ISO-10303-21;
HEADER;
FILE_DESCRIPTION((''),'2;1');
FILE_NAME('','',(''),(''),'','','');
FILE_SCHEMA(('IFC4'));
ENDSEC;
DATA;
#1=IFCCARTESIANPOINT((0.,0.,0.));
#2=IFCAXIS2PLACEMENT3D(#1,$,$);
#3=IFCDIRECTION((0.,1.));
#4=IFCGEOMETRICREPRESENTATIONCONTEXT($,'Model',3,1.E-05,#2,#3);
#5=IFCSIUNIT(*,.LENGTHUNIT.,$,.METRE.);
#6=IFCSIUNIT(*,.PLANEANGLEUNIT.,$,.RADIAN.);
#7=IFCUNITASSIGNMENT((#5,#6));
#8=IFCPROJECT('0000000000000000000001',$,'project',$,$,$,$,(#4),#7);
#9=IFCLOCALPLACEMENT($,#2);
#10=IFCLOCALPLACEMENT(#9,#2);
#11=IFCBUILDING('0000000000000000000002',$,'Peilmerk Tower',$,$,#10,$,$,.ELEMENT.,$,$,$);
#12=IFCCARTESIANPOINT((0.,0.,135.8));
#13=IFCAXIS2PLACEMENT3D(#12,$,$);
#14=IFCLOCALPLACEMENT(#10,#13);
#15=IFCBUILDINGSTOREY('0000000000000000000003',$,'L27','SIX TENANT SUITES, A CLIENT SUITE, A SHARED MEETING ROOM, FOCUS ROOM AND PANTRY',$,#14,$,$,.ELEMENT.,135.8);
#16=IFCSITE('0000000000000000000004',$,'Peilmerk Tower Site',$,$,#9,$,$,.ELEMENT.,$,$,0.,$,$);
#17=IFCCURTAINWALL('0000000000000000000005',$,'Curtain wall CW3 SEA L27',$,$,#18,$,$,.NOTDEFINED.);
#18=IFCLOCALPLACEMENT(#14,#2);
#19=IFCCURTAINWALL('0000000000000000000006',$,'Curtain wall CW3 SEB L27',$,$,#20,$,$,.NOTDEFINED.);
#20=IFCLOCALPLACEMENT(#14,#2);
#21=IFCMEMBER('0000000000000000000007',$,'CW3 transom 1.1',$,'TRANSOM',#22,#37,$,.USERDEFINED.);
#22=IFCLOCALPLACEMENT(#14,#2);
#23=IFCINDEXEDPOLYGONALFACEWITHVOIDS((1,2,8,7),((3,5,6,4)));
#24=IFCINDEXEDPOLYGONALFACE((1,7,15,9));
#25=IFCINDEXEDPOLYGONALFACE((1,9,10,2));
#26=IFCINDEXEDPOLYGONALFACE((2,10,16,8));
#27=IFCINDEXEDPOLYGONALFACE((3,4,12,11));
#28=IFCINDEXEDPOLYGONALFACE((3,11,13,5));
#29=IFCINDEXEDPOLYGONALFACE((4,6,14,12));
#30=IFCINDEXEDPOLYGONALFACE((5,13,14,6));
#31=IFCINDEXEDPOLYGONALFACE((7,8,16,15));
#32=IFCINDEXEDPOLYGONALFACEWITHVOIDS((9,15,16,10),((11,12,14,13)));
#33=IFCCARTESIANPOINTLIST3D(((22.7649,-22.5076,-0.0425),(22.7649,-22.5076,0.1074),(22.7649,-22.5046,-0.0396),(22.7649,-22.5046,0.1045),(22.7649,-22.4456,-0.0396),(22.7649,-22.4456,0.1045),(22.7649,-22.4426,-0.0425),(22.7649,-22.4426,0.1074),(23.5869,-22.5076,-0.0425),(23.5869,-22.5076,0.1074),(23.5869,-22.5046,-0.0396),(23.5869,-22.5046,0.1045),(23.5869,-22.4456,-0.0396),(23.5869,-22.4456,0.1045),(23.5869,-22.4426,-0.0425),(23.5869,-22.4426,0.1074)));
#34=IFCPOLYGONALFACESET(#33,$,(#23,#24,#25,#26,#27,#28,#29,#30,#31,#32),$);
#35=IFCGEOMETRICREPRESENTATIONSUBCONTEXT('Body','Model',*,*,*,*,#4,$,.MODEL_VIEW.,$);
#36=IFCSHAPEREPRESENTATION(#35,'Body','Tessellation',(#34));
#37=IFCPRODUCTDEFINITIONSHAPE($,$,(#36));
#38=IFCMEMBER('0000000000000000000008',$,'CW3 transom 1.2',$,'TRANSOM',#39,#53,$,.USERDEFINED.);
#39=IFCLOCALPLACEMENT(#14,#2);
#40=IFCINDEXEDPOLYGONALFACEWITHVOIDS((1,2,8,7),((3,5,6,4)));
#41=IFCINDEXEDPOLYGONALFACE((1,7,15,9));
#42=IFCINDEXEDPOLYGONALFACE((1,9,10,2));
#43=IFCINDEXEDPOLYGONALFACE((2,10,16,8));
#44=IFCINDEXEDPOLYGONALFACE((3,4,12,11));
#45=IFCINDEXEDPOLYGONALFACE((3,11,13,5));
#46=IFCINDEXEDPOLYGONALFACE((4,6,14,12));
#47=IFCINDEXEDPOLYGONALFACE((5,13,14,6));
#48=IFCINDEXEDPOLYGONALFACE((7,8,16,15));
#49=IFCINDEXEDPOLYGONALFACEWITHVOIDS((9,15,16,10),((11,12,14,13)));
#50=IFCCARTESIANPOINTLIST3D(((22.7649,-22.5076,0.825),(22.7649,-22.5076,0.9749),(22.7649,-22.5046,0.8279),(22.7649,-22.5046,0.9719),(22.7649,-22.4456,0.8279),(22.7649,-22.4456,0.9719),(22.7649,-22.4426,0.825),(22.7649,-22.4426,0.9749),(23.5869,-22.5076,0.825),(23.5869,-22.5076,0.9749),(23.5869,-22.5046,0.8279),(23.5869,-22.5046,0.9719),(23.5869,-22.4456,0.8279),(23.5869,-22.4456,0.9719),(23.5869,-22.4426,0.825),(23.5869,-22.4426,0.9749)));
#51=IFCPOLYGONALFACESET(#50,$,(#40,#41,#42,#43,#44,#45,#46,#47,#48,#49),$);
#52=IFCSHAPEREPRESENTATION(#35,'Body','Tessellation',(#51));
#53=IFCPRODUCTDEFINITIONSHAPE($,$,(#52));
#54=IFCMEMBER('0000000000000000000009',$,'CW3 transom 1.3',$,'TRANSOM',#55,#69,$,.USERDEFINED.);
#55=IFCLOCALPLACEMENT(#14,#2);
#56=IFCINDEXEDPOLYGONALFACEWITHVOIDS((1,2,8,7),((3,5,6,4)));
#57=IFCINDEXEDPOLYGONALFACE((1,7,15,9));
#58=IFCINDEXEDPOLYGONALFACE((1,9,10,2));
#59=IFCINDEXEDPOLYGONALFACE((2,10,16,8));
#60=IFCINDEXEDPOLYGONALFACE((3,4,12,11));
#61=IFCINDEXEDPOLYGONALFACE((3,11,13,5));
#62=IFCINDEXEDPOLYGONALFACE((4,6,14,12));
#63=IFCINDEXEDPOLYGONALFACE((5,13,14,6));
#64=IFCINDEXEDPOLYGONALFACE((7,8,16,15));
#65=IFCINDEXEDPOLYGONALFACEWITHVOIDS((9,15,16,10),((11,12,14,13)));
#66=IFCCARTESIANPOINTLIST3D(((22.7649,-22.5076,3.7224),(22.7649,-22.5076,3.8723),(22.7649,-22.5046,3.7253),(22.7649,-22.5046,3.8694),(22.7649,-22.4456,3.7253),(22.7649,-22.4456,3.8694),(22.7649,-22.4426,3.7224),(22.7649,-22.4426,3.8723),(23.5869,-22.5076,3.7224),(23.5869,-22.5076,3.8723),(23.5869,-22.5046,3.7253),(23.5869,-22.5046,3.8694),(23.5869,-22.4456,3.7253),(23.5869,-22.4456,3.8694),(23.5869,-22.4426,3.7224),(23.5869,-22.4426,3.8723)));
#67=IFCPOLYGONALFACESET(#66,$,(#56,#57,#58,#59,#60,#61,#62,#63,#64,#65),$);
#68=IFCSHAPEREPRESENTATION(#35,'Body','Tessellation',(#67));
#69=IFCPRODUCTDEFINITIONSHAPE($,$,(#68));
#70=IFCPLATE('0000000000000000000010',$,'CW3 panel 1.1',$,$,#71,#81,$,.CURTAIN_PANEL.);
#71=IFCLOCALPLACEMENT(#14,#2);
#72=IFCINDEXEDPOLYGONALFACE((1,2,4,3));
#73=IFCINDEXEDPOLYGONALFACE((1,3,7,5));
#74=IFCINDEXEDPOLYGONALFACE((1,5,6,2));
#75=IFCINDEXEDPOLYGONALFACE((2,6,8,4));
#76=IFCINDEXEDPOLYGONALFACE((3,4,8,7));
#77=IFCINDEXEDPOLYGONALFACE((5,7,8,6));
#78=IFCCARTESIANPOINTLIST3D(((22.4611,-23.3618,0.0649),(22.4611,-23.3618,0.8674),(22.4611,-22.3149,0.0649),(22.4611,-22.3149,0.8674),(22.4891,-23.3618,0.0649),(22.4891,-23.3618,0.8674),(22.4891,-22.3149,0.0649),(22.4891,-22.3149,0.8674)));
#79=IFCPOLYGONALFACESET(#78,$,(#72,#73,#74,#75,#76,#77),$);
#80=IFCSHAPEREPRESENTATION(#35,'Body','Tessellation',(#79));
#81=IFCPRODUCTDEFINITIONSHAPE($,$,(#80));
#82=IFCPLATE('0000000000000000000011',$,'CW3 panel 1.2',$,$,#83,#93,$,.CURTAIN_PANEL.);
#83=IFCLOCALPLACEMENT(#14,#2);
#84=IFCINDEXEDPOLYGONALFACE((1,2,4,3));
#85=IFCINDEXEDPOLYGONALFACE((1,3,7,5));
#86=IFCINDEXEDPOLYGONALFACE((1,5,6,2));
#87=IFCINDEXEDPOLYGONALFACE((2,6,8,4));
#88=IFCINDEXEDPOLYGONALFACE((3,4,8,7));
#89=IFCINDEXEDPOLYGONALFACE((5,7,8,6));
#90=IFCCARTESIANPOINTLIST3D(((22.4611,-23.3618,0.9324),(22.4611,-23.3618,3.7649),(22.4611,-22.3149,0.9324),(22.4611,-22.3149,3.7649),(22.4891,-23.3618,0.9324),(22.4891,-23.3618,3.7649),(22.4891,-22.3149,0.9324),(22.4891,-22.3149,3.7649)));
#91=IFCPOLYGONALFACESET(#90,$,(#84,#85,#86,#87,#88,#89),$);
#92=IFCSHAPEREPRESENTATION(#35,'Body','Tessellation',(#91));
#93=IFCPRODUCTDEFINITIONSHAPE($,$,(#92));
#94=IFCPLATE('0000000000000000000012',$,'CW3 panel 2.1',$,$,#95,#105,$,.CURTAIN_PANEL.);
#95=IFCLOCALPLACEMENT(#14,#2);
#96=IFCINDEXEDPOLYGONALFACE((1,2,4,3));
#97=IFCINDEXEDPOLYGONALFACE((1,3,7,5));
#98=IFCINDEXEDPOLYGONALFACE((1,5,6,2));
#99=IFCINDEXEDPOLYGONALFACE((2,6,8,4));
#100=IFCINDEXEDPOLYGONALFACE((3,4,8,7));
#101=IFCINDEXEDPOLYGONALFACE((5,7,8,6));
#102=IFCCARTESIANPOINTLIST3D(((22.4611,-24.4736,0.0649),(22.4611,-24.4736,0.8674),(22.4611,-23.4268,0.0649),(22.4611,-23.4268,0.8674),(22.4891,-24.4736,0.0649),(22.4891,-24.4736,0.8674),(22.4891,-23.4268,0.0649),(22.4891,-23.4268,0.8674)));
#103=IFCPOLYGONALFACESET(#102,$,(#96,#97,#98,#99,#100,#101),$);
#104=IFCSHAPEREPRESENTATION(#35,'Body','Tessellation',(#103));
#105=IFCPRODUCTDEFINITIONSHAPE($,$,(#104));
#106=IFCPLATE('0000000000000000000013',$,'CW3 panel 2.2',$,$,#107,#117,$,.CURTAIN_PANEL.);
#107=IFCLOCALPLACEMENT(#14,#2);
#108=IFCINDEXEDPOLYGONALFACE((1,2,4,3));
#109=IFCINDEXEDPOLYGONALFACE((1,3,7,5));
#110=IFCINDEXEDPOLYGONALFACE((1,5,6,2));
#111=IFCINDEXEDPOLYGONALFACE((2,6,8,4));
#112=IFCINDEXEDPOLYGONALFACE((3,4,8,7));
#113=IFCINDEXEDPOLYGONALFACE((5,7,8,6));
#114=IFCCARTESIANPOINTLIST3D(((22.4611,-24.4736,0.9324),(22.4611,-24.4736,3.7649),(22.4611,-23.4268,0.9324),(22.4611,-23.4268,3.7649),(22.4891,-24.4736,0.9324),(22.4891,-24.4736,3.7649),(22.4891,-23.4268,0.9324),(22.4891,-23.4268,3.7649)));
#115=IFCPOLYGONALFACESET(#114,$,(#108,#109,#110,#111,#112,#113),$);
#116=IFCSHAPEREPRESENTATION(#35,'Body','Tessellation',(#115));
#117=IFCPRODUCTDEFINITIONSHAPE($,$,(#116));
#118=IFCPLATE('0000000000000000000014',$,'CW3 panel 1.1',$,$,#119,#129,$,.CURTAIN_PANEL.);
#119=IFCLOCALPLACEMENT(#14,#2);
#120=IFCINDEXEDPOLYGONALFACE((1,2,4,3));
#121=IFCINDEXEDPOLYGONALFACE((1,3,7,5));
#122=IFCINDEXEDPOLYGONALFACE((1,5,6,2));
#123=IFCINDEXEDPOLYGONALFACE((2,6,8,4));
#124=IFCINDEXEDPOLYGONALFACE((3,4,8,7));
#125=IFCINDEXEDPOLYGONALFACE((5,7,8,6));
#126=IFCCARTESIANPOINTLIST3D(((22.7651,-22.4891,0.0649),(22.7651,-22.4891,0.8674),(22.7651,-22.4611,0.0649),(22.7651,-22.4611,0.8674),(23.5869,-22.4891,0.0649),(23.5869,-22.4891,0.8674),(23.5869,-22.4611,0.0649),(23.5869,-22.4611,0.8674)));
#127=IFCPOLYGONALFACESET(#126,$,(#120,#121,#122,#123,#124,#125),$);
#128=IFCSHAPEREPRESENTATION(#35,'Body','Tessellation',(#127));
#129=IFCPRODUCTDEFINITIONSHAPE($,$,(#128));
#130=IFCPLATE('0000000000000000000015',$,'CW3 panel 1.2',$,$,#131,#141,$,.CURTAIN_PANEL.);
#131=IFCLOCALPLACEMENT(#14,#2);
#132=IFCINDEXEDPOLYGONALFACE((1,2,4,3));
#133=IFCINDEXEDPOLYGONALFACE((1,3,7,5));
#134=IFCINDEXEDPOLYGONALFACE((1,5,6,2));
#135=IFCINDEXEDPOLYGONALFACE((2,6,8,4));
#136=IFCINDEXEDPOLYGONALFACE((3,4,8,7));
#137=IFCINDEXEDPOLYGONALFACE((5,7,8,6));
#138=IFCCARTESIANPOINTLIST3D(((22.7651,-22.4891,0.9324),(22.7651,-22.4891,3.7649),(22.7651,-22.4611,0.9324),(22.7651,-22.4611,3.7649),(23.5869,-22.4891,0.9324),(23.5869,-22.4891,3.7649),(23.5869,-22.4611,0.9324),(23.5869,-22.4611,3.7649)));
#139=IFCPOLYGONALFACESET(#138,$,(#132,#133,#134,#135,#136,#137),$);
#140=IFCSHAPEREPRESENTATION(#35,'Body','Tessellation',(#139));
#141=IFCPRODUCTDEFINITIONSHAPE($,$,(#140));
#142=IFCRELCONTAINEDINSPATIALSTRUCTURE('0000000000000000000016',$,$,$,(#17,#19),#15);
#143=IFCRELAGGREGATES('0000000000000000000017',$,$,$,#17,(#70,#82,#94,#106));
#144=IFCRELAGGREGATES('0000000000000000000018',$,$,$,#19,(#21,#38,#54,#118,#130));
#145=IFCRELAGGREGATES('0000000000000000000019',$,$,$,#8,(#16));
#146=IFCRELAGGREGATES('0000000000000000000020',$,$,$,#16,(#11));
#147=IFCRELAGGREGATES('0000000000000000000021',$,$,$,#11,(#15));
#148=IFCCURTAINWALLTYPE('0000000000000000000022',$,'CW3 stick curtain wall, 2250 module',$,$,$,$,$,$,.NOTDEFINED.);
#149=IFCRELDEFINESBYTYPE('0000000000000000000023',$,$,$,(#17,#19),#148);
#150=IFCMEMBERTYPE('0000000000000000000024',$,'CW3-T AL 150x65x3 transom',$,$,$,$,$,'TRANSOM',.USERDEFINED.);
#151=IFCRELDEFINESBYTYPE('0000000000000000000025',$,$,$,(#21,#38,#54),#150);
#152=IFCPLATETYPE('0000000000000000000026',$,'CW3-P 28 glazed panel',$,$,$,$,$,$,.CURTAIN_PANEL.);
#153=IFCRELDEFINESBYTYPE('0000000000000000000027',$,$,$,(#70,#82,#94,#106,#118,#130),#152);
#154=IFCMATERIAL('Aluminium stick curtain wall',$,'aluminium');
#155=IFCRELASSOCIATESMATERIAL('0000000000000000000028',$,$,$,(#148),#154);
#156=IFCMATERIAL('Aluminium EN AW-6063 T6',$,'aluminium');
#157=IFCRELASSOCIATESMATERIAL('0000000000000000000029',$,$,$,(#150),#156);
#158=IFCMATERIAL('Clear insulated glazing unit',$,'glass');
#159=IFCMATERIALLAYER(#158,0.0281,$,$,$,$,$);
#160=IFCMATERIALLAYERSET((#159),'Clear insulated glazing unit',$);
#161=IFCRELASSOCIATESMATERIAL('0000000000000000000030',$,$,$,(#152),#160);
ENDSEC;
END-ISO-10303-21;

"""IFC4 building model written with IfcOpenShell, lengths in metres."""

from ifc_helpers import new_model, si_unit, direction, frame, origin, origin_2d, place, context, subcontext, project, spatial, rectangle, hollow_rectangle, extrude, material, layer, layer_set, material_profile, profile_set, type_object, element, aggregate, save


model = new_model("IFC4")

# Units and contexts
model_context = context("Model", 3, precision=1e-05, world=origin(), true_north=direction((0.0, 1.0)))
body_context = subcontext(model_context, "Body", "Model", "MODEL_VIEW")
ifc_project = project(units=[si_unit("LENGTHUNIT", "METRE"), si_unit("PLANEANGLEUNIT", "RADIAN")], contexts=[model_context])

# Site, building, storey
site_placement = place(None, origin())
site = spatial("IfcSite", under=ifc_project, at=site_placement, Name="Peilmerk Tower Site", CompositionType="ELEMENT", RefElevation=0.0)
building_placement = place(site_placement, origin())
building = spatial("IfcBuilding", under=site, at=building_placement, Name="Peilmerk Tower", CompositionType="ELEMENT")
storey_placement = place(building_placement, frame((0.0, 0.0, 135.8)))
storey = spatial("IfcBuildingStorey", under=building, at=storey_placement, Name="L27", Description="SIX TENANT SUITES, A CLIENT SUITE, A SHARED MEETING ROOM, FOCUS ROOM AND PANTRY", CompositionType="ELEMENT", Elevation=135.8)

# Curtain walls
ifc_material_1 = material(Name="Aluminium stick curtain wall", Category="aluminium")
curtain_wall_type = type_object("IfcCurtainWallType", Name="CW3 stick curtain wall, 2250 module", PredefinedType="NOTDEFINED", material=ifc_material_1)
curtain_wall_1_placement = place(storey_placement, origin())
curtain_wall_1 = element("IfcCurtainWall", 1, at=curtain_wall_1_placement, inside=storey, type_object=curtain_wall_type, Name="Curtain wall CW3 SEA L27", PredefinedType="NOTDEFINED")
ifc_material_2 = material(Name="Aluminium EN AW-6063 T6", Category="aluminium")
curtain_wall_2_placement = place(storey_placement, origin())
curtain_wall_2 = element("IfcCurtainWall", 2, at=curtain_wall_2_placement, inside=storey, type_object=curtain_wall_type, Name="Curtain wall CW3 SEB L27", PredefinedType="NOTDEFINED")

# Members
ifc_material_profile_1 = material_profile(ifc_material_2, hollow_rectangle(XDim=0.0649, YDim=0.1499, WallThickness=0.0029, at=origin_2d()), Name="AL 150x65x3")
ifc_profile_set_1 = profile_set([ifc_material_profile_1], Name="Aluminium EN AW-6063 T6")
member_type_1 = type_object("IfcMemberType", Name="CW3-T AL 150x65x3 transom", ElementType="TRANSOM", PredefinedType="USERDEFINED", material=ifc_profile_set_1)
member_1_placement = place(storey_placement, frame((22.7649, -22.4751, 0.0325), z_axis=(1.0, 0.0, 0.0), x_axis=(0.0, 1.0, 0.0)))
member_1 = element("IfcMember", 3, at=member_1_placement, type_object=member_type_1, Name="CW3 transom 1.1", ObjectType="TRANSOM", PredefinedType="USERDEFINED", context=body_context, shape_type="SweptSolid", body=[
    extrude(hollow_rectangle(XDim=0.0649, YDim=0.1499, WallThickness=0.0029, at=origin_2d()), origin(), (0.0, 0.0, 1.0), 0.822),
])
member_2_placement = place(storey_placement, frame((22.7649, -22.4751, 0.8999), z_axis=(1.0, 0.0, 0.0), x_axis=(0.0, 1.0, 0.0)))
member_2 = element("IfcMember", 4, at=member_2_placement, type_object=member_type_1, Name="CW3 transom 1.2", ObjectType="TRANSOM", PredefinedType="USERDEFINED", context=body_context, shape_type="SweptSolid", body=[
    extrude(hollow_rectangle(XDim=0.0649, YDim=0.1499, WallThickness=0.0029, at=origin_2d()), origin(), (0.0, 0.0, 1.0), 0.822),
])
member_3_placement = place(storey_placement, frame((22.7649, -22.4751, 3.7974), z_axis=(1.0, 0.0, 0.0), x_axis=(0.0, 1.0, 0.0)))
member_3 = element("IfcMember", 5, at=member_3_placement, type_object=member_type_1, Name="CW3 transom 1.3", ObjectType="TRANSOM", PredefinedType="USERDEFINED", context=body_context, shape_type="SweptSolid", body=[
    extrude(hollow_rectangle(XDim=0.0649, YDim=0.1499, WallThickness=0.0029, at=origin_2d()), origin(), (0.0, 0.0, 1.0), 0.822),
])

# Plates
ifc_material_3 = material(Name="Clear insulated glazing unit", Category="glass")
ifc_layer_1 = layer(ifc_material_3, 0.0281)
ifc_layer_set_1 = layer_set([ifc_layer_1], Name="Clear insulated glazing unit")
plate_type = type_object("IfcPlateType", Name="CW3-P 28 glazed panel", PredefinedType="CURTAIN_PANEL", material=ifc_layer_set_1)
plate_1_placement = place(storey_placement, frame((22.4751, -22.8384, 0.0649), z_axis=(0.0, 0.0, 1.0), x_axis=(0.0, -1.0, 0.0)))
plate_1 = element("IfcPlate", 6, at=plate_1_placement, type_object=plate_type, Name="CW3 panel 1.1", PredefinedType="CURTAIN_PANEL", context=body_context, shape_type="SweptSolid", body=[
    extrude(rectangle(XDim=1.0469, YDim=0.0281, at=origin_2d()), origin(), (0.0, 0.0, 1.0), 0.8025),
])
plate_2_placement = place(storey_placement, frame((22.4751, -22.8384, 0.9324), z_axis=(0.0, 0.0, 1.0), x_axis=(0.0, -1.0, 0.0)))
plate_2 = element("IfcPlate", 7, at=plate_2_placement, type_object=plate_type, Name="CW3 panel 1.2", PredefinedType="CURTAIN_PANEL", context=body_context, shape_type="SweptSolid", body=[
    extrude(rectangle(XDim=1.0469, YDim=0.0281, at=origin_2d()), origin(), (0.0, 0.0, 1.0), 2.8325),
])
plate_3_placement = place(storey_placement, frame((22.4751, -23.9502, 0.0649), z_axis=(0.0, 0.0, 1.0), x_axis=(0.0, -1.0, 0.0)))
plate_3 = element("IfcPlate", 8, at=plate_3_placement, type_object=plate_type, Name="CW3 panel 2.1", PredefinedType="CURTAIN_PANEL", context=body_context, shape_type="SweptSolid", body=[
    extrude(rectangle(XDim=1.0469, YDim=0.0281, at=origin_2d()), origin(), (0.0, 0.0, 1.0), 0.8025),
])
plate_4_placement = place(storey_placement, frame((22.4751, -23.9502, 0.9324), z_axis=(0.0, 0.0, 1.0), x_axis=(0.0, -1.0, 0.0)))
plate_4 = element("IfcPlate", 9, at=plate_4_placement, type_object=plate_type, Name="CW3 panel 2.2", PredefinedType="CURTAIN_PANEL", context=body_context, shape_type="SweptSolid", body=[
    extrude(rectangle(XDim=1.0469, YDim=0.0281, at=origin_2d()), origin(), (0.0, 0.0, 1.0), 2.8325),
])
aggregate(curtain_wall_1, [plate_1, plate_2, plate_3, plate_4])
plate_5_placement = place(storey_placement, frame((23.176, -22.4751, 0.0649), z_axis=(0.0, 0.0, 1.0), x_axis=(1.0, 0.0, 0.0)))
plate_5 = element("IfcPlate", 10, at=plate_5_placement, type_object=plate_type, Name="CW3 panel 1.1", PredefinedType="CURTAIN_PANEL", context=body_context, shape_type="SweptSolid", body=[
    extrude(rectangle(XDim=0.8218, YDim=0.0281, at=origin_2d()), origin(), (0.0, 0.0, 1.0), 0.8025),
])
plate_6_placement = place(storey_placement, frame((23.176, -22.4751, 0.9324), z_axis=(0.0, 0.0, 1.0), x_axis=(1.0, 0.0, 0.0)))
plate_6 = element("IfcPlate", 11, at=plate_6_placement, type_object=plate_type, Name="CW3 panel 1.2", PredefinedType="CURTAIN_PANEL", context=body_context, shape_type="SweptSolid", body=[
    extrude(rectangle(XDim=0.8218, YDim=0.0281, at=origin_2d()), origin(), (0.0, 0.0, 1.0), 2.8325),
])
aggregate(curtain_wall_2, [member_1, member_2, member_3, plate_5, plate_6])

save(model, "model.ifc")
